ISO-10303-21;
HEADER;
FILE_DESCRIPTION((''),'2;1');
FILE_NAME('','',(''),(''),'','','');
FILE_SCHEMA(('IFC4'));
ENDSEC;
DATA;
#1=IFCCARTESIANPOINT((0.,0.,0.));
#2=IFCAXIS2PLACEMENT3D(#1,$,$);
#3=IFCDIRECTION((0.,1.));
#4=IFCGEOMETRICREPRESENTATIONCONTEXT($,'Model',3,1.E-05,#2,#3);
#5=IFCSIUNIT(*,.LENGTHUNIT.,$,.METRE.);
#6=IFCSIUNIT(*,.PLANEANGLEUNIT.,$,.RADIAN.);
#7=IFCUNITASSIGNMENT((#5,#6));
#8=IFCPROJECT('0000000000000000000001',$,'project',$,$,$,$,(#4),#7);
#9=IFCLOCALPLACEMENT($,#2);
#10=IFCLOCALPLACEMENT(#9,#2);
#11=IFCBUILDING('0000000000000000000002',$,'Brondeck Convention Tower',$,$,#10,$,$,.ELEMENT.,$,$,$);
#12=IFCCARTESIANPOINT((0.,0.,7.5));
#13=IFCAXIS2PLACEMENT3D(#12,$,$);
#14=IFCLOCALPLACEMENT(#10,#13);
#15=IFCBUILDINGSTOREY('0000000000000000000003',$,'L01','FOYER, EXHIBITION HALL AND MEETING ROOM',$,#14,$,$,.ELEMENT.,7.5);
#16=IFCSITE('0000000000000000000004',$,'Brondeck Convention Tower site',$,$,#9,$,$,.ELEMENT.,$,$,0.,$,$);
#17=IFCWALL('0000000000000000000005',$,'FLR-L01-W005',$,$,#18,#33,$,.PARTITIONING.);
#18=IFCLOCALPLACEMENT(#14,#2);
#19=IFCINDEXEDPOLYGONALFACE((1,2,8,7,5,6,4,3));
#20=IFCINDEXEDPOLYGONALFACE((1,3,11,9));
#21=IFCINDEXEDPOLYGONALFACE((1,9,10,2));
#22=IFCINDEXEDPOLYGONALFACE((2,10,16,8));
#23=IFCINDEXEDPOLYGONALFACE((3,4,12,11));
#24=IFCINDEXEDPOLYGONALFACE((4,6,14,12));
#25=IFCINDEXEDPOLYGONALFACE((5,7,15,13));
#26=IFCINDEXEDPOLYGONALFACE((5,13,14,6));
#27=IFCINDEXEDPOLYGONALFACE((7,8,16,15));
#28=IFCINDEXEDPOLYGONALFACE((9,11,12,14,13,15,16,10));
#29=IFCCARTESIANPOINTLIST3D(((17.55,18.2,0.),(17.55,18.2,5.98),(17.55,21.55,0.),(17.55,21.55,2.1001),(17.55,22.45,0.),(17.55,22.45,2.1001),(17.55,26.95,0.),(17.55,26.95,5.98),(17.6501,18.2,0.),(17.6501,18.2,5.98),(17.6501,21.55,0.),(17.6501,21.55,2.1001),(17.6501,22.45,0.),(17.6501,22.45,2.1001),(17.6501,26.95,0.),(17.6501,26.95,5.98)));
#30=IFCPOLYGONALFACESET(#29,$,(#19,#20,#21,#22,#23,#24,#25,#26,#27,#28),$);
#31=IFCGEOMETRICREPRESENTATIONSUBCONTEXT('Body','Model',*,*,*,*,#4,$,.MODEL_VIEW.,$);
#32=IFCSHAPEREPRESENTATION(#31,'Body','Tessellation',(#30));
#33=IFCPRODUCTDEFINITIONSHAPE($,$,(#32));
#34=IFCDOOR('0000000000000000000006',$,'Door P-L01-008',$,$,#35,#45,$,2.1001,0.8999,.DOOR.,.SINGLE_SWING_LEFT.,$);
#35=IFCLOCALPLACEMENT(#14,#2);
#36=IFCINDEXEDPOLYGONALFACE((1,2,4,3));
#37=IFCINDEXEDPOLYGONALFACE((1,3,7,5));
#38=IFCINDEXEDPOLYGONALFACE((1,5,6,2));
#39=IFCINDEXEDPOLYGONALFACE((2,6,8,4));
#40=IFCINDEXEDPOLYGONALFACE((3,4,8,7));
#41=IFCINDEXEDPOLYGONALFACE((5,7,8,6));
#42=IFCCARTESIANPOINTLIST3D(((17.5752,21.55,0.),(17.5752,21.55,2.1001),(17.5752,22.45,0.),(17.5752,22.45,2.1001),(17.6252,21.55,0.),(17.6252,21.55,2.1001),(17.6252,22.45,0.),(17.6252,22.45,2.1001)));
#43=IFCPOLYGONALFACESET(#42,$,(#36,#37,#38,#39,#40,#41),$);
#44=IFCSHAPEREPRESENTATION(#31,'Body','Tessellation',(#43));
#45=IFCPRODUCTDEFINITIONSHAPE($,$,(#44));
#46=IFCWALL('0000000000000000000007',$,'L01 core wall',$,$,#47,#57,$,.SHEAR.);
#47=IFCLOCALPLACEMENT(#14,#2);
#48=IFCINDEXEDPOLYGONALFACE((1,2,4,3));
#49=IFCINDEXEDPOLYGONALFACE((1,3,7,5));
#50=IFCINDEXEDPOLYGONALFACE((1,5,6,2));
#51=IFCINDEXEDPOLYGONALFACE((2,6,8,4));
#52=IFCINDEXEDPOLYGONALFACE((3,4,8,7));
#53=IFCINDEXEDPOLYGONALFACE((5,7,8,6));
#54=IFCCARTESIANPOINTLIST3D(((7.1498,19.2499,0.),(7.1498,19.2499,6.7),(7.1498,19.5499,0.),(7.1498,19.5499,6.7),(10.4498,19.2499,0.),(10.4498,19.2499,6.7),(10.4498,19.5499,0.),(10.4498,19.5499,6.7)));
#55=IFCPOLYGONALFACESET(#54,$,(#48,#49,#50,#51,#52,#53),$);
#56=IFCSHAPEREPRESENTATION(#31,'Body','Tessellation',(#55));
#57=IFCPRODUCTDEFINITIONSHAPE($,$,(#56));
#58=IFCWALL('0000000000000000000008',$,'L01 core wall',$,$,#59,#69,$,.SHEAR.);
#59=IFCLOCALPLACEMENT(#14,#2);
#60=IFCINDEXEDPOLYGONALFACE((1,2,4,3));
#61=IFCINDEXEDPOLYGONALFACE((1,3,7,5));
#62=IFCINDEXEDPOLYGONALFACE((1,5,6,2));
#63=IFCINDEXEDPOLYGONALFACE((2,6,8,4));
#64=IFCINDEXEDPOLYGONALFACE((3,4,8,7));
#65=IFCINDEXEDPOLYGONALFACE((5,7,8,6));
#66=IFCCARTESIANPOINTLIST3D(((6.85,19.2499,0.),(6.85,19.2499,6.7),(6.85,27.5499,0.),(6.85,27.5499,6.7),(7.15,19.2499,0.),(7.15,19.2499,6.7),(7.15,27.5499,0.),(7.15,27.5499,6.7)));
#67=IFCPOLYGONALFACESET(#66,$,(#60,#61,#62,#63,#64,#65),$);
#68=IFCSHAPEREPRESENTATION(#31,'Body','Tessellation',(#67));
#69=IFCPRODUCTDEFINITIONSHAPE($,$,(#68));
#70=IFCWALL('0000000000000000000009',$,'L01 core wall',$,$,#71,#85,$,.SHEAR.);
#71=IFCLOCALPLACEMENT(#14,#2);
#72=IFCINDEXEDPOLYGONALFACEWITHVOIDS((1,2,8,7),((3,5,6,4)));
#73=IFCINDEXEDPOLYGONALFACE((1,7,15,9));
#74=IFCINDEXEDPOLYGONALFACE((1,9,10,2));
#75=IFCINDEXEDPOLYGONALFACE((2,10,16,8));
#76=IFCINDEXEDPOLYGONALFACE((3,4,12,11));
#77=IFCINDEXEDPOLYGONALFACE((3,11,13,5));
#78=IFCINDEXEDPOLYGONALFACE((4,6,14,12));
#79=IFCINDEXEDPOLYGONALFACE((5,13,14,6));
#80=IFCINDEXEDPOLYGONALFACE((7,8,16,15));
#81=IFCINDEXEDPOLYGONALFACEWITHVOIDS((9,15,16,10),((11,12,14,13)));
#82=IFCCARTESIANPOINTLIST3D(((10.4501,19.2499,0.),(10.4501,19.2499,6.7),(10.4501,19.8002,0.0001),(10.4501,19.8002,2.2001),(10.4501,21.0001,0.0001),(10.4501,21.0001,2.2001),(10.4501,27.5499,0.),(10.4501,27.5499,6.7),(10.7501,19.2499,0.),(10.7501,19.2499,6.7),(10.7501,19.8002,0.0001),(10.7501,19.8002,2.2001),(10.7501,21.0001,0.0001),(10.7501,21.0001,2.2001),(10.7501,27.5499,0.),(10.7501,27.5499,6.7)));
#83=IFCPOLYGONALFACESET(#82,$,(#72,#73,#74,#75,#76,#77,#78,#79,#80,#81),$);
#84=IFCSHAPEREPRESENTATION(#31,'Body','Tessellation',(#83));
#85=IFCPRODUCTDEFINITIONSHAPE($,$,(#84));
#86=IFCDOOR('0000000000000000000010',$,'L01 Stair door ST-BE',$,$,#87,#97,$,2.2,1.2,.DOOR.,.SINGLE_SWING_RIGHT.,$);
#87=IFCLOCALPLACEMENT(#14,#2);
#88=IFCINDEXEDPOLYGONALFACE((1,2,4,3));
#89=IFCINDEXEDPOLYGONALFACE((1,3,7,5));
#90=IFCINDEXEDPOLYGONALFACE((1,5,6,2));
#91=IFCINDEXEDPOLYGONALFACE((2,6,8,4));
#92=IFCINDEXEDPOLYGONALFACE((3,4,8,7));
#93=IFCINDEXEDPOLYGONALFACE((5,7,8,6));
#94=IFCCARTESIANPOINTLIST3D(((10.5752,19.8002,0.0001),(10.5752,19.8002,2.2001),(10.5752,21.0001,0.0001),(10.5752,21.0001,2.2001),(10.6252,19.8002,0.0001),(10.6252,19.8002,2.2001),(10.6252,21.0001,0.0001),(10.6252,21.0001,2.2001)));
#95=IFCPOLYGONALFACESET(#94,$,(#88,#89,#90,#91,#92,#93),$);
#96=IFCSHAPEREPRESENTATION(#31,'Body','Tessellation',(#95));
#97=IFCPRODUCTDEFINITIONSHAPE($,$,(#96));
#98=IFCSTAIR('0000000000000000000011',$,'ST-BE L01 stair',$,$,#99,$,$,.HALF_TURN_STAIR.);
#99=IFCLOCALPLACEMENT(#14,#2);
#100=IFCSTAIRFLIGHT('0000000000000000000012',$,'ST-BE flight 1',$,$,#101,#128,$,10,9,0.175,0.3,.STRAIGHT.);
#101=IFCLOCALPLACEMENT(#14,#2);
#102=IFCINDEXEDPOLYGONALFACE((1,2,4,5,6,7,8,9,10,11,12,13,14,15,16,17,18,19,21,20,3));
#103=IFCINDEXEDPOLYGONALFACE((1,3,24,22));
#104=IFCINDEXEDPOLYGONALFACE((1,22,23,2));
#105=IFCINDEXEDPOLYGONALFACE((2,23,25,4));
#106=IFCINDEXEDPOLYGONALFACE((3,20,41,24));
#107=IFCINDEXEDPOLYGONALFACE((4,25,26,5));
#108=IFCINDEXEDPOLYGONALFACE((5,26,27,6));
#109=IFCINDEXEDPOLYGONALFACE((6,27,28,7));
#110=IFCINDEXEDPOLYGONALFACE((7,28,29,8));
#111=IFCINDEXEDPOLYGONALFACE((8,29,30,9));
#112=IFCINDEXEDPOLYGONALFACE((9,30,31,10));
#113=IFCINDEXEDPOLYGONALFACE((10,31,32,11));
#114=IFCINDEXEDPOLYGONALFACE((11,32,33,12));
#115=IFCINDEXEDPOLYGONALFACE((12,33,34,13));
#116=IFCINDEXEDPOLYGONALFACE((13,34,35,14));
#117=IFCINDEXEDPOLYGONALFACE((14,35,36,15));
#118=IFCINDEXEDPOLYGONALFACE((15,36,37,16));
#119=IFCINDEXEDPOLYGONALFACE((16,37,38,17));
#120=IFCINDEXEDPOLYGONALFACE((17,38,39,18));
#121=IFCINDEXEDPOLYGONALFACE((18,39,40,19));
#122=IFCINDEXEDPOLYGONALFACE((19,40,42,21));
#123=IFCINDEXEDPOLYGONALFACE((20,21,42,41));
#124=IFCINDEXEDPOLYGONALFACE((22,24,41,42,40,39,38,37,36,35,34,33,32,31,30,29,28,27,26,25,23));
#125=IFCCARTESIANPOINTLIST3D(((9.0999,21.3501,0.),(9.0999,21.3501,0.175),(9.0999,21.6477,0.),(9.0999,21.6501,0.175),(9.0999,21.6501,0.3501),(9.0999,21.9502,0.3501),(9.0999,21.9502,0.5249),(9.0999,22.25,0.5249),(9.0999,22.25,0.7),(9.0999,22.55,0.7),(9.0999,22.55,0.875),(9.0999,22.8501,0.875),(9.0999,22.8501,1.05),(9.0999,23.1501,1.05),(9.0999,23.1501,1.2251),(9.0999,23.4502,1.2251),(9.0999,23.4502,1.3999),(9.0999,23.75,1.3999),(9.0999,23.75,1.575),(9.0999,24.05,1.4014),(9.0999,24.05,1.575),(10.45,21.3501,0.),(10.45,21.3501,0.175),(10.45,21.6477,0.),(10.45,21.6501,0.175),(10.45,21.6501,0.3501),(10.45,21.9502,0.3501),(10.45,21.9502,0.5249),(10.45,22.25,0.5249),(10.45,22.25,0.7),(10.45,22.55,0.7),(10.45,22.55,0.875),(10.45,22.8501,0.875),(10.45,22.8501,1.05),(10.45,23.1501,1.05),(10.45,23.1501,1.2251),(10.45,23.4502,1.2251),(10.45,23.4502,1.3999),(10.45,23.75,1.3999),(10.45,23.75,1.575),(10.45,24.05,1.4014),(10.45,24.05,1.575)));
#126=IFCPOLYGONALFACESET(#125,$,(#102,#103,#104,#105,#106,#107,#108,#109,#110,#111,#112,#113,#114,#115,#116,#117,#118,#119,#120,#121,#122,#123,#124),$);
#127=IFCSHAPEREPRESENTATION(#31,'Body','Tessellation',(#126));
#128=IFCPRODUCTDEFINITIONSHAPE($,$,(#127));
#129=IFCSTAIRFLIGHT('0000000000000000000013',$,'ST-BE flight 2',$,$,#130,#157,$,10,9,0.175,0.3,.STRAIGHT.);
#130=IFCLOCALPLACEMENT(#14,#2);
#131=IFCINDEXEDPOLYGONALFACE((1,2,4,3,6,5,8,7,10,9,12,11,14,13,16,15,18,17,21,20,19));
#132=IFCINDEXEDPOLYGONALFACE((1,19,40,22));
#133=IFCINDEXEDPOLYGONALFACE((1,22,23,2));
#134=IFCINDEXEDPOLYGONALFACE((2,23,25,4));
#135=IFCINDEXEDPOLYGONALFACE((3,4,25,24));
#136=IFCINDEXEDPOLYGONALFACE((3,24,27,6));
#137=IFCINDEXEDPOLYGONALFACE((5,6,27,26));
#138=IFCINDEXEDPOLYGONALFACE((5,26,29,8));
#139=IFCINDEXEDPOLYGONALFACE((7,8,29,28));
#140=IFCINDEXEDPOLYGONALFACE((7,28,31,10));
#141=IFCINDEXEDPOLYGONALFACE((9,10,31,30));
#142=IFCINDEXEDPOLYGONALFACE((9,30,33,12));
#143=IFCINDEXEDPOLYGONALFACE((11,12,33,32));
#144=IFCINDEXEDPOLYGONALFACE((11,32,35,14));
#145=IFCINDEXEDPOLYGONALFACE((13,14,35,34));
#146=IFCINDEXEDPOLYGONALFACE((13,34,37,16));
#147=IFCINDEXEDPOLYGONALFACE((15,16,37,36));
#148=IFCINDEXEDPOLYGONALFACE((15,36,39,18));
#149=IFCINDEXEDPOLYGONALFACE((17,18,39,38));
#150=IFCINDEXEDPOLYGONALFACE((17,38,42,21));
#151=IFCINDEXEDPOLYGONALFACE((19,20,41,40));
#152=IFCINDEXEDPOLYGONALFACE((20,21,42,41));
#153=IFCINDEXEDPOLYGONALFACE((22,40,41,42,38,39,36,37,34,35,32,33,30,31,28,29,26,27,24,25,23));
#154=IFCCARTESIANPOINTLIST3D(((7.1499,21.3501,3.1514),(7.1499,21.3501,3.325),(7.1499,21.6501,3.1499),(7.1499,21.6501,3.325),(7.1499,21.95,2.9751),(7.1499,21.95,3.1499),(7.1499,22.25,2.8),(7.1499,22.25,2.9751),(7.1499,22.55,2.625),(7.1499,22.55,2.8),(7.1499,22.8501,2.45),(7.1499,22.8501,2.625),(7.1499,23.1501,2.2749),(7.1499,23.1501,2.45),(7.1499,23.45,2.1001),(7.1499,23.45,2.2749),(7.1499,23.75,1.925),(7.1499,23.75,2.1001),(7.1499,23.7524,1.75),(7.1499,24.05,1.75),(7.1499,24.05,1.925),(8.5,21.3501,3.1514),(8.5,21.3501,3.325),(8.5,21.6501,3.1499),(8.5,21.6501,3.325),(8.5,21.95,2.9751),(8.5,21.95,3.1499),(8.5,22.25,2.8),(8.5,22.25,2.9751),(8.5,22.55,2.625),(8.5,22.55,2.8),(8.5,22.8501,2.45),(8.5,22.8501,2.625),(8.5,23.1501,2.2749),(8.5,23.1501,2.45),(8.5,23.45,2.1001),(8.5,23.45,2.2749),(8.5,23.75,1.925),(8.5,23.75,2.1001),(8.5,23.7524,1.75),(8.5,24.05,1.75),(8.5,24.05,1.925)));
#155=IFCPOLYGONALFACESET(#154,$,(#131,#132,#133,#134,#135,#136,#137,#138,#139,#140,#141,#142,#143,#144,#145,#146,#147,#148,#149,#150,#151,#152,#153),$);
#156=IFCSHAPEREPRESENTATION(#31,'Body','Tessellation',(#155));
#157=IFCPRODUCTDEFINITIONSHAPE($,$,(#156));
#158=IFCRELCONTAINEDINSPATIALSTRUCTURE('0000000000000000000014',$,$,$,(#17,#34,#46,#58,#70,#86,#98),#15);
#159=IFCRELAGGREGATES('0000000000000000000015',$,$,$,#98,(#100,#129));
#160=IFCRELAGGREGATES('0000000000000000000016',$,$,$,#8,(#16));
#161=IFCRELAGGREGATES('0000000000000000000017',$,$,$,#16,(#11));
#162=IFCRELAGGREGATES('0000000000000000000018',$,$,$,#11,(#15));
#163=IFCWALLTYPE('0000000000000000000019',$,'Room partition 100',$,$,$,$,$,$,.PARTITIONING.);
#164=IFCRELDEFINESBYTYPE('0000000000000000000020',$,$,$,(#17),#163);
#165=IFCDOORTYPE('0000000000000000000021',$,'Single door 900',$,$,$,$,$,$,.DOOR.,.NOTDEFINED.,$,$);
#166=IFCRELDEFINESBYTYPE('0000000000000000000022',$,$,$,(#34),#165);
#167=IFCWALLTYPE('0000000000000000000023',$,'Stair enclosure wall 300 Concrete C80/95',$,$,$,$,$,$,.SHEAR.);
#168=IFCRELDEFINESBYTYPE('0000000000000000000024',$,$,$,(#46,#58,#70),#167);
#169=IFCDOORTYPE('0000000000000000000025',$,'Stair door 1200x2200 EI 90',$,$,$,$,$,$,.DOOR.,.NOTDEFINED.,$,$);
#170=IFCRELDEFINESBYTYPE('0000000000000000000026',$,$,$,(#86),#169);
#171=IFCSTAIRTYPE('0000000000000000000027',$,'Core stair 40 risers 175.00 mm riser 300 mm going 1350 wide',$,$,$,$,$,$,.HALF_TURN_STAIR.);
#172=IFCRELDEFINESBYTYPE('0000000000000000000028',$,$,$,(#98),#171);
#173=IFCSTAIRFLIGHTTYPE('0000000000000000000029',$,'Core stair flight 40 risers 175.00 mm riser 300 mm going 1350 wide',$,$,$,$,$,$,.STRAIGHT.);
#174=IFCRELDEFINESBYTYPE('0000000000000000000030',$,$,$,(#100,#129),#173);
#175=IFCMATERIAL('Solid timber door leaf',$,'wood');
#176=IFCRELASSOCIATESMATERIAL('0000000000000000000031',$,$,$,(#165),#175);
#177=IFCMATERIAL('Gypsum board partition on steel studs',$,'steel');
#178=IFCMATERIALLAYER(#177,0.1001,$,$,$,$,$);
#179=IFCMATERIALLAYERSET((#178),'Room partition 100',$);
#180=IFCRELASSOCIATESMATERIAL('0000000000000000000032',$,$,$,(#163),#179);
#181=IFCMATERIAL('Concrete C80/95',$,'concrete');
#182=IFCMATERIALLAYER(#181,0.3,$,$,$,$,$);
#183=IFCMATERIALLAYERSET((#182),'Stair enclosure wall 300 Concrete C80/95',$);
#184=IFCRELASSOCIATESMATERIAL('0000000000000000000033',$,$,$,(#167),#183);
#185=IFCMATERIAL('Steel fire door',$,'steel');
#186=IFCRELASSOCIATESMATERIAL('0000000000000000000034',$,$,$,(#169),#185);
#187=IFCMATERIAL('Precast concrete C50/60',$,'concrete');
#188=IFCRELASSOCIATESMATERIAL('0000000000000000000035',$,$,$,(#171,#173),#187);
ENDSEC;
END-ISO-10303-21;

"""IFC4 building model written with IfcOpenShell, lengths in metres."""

from ifc_helpers import new_model, si_unit, direction, frame, frame_2d, origin, place, context, subcontext, project, spatial, polyline, rectangle, outline, extrude, material, layer, layer_set, type_object, element, fill, aggregate, save


model = new_model("IFC4")

# Units and contexts
model_context = context("Model", 3, precision=1e-05, world=origin(), true_north=direction((0.0, 1.0)))
body_context = subcontext(model_context, "Body", "Model", "MODEL_VIEW")
ifc_project = project(units=[si_unit("LENGTHUNIT", "METRE"), si_unit("PLANEANGLEUNIT", "RADIAN")], contexts=[model_context])

# Site, building, storey
site_placement = place(None, origin())
site = spatial("IfcSite", under=ifc_project, at=site_placement, Name="Brondeck Convention Tower site", CompositionType="ELEMENT", RefElevation=0.0)
building_placement = place(site_placement, origin())
building = spatial("IfcBuilding", under=site, at=building_placement, Name="Brondeck Convention Tower", CompositionType="ELEMENT")
storey_placement = place(building_placement, frame((0.0, 0.0, 7.5)))
storey = spatial("IfcBuildingStorey", under=building, at=storey_placement, Name="L01", Description="FOYER, EXHIBITION HALL AND MEETING ROOM", CompositionType="ELEMENT", Elevation=7.5)

# Shared definitions
ifc_material_1 = material(Name="Concrete C80/95", Category="concrete")

# Wall, opening, door
ifc_material_2 = material(Name="Solid timber door leaf", Category="wood")
door_type_1 = type_object("IfcDoorType", Name="Single door 900", OperationType="NOTDEFINED", PredefinedType="DOOR", material=ifc_material_2)
ifc_material_3 = material(Name="Gypsum board partition on steel studs", Category="steel")
ifc_layer_1 = layer(ifc_material_3, 0.1001)
ifc_layer_set_1 = layer_set([ifc_layer_1], Name="Room partition 100")
wall_type_1 = type_object("IfcWallType", Name="Room partition 100", PredefinedType="PARTITIONING", material=ifc_layer_set_1)
wall_1_placement = place(storey_placement, frame((17.6001, 18.2, 0.0), z_axis=(0.0, 0.0, 1.0), x_axis=(0.0, 1.0, 0.0)))
wall_1 = element("IfcWall", 1, at=wall_1_placement, inside=storey, type_object=wall_type_1, Name="FLR-L01-W005", PredefinedType="PARTITIONING", context=body_context, shape_type="SweptSolid", body=[
    extrude(rectangle(XDim=8.75, YDim=0.1001, at=frame_2d((4.375, 0.0))), origin(), (0.0, 0.0, 1.0), 5.98),
])
opening_1_placement = place(wall_1_placement, frame((3.3501, 0.0, 0.0)))
opening_1 = element("IfcOpeningElement", 2, at=opening_1_placement, cuts=wall_1, PredefinedType="OPENING", context=body_context, shape_type="SweptSolid", body=[
    extrude(rectangle(XDim=0.8999, YDim=2.1001, at=frame_2d((0.45, 1.05))), frame((0.0, 0.0601, 0.0), z_axis=(0.0, -1.0, 0.0), x_axis=(1.0, 0.0, 0.0)), (0.0, 0.0, 1.0), 0.1201),
])
door_1_placement = place(opening_1_placement, origin())
door_1 = element("IfcDoor", 3, at=door_1_placement, inside=storey, type_object=door_type_1, Name="Door P-L01-008", OperationType="SINGLE_SWING_LEFT", OverallHeight=2.1001, OverallWidth=0.8999, PredefinedType="DOOR", context=body_context, shape_type="SweptSolid", body=[
    extrude(rectangle(XDim=0.8999, YDim=2.1001, at=frame_2d((0.45, 1.05))), frame((0.0, 0.0249, 0.0), z_axis=(0.0, -1.0, 0.0), x_axis=(1.0, 0.0, 0.0)), (0.0, 0.0, 1.0), 0.05),
])
fill(opening_1, door_1)

# Walls
ifc_layer_2 = layer(ifc_material_1, 0.3)
ifc_layer_set_2 = layer_set([ifc_layer_2], Name="Stair enclosure wall 300 Concrete C80/95")
wall_type_2 = type_object("IfcWallType", Name="Stair enclosure wall 300 Concrete C80/95", PredefinedType="SHEAR", material=ifc_layer_set_2)
wall_2_placement = place(storey_placement, frame((7.1499, 19.3999, 0.0), z_axis=(0.0, 0.0, 1.0), x_axis=(1.0, 0.0, 0.0)))
element("IfcWall", 4, at=wall_2_placement, inside=storey, type_object=wall_type_2, Name="L01 core wall", PredefinedType="SHEAR", context=body_context, shape_type="SweptSolid", body=[
    extrude(rectangle(XDim=3.3, YDim=0.3, at=frame_2d((1.6499, 0.0))), origin(), (0.0, 0.0, 1.0), 6.7),
])
wall_3_placement = place(storey_placement, frame((7.0, 19.25, 0.0), z_axis=(0.0, 0.0, 1.0), x_axis=(0.0, 1.0, 0.0)))
element("IfcWall", 5, at=wall_3_placement, inside=storey, type_object=wall_type_2, Name="L01 core wall", PredefinedType="SHEAR", context=body_context, shape_type="SweptSolid", body=[
    extrude(rectangle(XDim=8.3, YDim=0.3, at=frame_2d((4.1499, 0.0))), origin(), (0.0, 0.0, 1.0), 6.7),
])

# Wall, opening, door
wall_4_placement = place(storey_placement, frame((10.6001, 19.25, 0.0), z_axis=(0.0, 0.0, 1.0), x_axis=(0.0, 1.0, 0.0)))
wall_4 = element("IfcWall", 6, at=wall_4_placement, inside=storey, type_object=wall_type_2, Name="L01 core wall", PredefinedType="SHEAR", context=body_context, shape_type="SweptSolid", body=[
    extrude(rectangle(XDim=8.3, YDim=0.3, at=frame_2d((4.1499, 0.0))), origin(), (0.0, 0.0, 1.0), 6.7),
])
opening_2_placement = place(wall_4_placement, frame((0.55, 0.0, 0.0)))
opening_2 = element("IfcOpeningElement", 7, at=opening_2_placement, cuts=wall_4, PredefinedType="OPENING", context=body_context, shape_type="SweptSolid", body=[
    extrude(rectangle(XDim=1.2, YDim=2.2, at=frame_2d((0.6001, 1.1001))), frame((0.0, 0.1599, 0.0), z_axis=(0.0, -1.0, 0.0), x_axis=(1.0, 0.0, 0.0)), (0.0, 0.0, 1.0), 0.3201),
])
ifc_material_4 = material(Name="Steel fire door", Category="steel")
door_type_2 = type_object("IfcDoorType", Name="Stair door 1200x2200 EI 90", OperationType="NOTDEFINED", PredefinedType="DOOR", material=ifc_material_4)
door_2_placement = place(opening_2_placement, origin())
door_2 = element("IfcDoor", 8, at=door_2_placement, inside=storey, type_object=door_type_2, Name="L01 Stair door ST-BE", OperationType="SINGLE_SWING_RIGHT", OverallHeight=2.2, OverallWidth=1.2, PredefinedType="DOOR", context=body_context, shape_type="SweptSolid", body=[
    extrude(rectangle(XDim=1.2, YDim=2.2, at=frame_2d((0.6001, 1.1001))), frame((0.0, 0.0249, 0.0), z_axis=(0.0, -1.0, 0.0), x_axis=(1.0, 0.0, 0.0)), (0.0, 0.0, 1.0), 0.05),
])
fill(opening_2, door_2)

# Stair, stair flights
ifc_material_5 = material(Name="Precast concrete C50/60", Category="concrete")
stair_type = type_object("IfcStairType", Name="Core stair 40 risers 175.00 mm riser 300 mm going 1350 wide", PredefinedType="HALF_TURN_STAIR", material=ifc_material_5)
stair_placement = place(storey_placement, origin())
stair = element("IfcStair", 9, at=stair_placement, inside=storey, type_object=stair_type, Name="ST-BE L01 stair", PredefinedType="HALF_TURN_STAIR")
stair_flight_type = type_object("IfcStairFlightType", Name="Core stair flight 40 risers 175.00 mm riser 300 mm going 1350 wide", PredefinedType="STRAIGHT", material=ifc_material_5)
stair_flight_1_placement = place(storey_placement, frame((9.7749, 21.3501, 0.0), z_axis=(0.0, 0.0, 1.0), x_axis=(0.0, 1.0, 0.0)))
stair_flight_1 = element("IfcStairFlight", 10, at=stair_flight_1_placement, type_object=stair_flight_type, Name="ST-BE flight 1", NumberOfRisers=10, NumberOfTreads=9, PredefinedType="STRAIGHT", RiserHeight=0.175, TreadLength=0.3, context=body_context, shape_type="SweptSolid", body=[
    extrude(outline(polyline([(0.0, 0.0), (0.0, 0.175), (0.3, 0.175), (0.3, 0.3501), (0.6001, 0.3501), (0.6001, 0.5249), (0.8999, 0.5249), (0.8999, 0.7), (1.2, 0.7), (1.2, 0.875), (1.5, 0.875), (1.5, 1.05), (1.8, 1.05), (1.8, 1.2251), (2.1001, 1.2251), (2.1001, 1.3999), (2.3999, 1.3999), (2.3999, 1.575), (2.7, 1.575), (2.7, 1.75), (2.7, 1.4014), (0.2976, 0.0), (0.0, 0.0)])), frame((0.0, 0.675, 0.0), z_axis=(0.0, -1.0, 0.0), x_axis=(1.0, 0.0, 0.0)), (0.0, 0.0, 1.0), 1.3501),
])
stair_flight_2_placement = place(storey_placement, frame((7.825, 24.05, 1.75), z_axis=(0.0, 0.0, 1.0), x_axis=(0.0, -1.0, 0.0)))
stair_flight_2 = element("IfcStairFlight", 11, at=stair_flight_2_placement, type_object=stair_flight_type, Name="ST-BE flight 2", NumberOfRisers=10, NumberOfTreads=9, PredefinedType="STRAIGHT", RiserHeight=0.175, TreadLength=0.3, context=body_context, shape_type="SweptSolid", body=[
    extrude(outline(polyline([(0.0, 0.0), (0.0, 0.175), (0.3, 0.175), (0.3, 0.3501), (0.6001, 0.3501), (0.6001, 0.5249), (0.8999, 0.5249), (0.8999, 0.7), (1.2, 0.7), (1.2, 0.875), (1.5, 0.875), (1.5, 1.05), (1.8, 1.05), (1.8, 1.2251), (2.1001, 1.2251), (2.1001, 1.3999), (2.3999, 1.3999), (2.3999, 1.575), (2.7, 1.575), (2.7, 1.75), (2.7, 1.4014), (0.2976, 0.0), (0.0, 0.0)])), frame((0.0, 0.675, 0.0), z_axis=(0.0, -1.0, 0.0), x_axis=(1.0, 0.0, 0.0)), (0.0, 0.0, 1.0), 1.3501),
])
aggregate(stair, [stair_flight_1, stair_flight_2])

save(model, "model.ifc")
